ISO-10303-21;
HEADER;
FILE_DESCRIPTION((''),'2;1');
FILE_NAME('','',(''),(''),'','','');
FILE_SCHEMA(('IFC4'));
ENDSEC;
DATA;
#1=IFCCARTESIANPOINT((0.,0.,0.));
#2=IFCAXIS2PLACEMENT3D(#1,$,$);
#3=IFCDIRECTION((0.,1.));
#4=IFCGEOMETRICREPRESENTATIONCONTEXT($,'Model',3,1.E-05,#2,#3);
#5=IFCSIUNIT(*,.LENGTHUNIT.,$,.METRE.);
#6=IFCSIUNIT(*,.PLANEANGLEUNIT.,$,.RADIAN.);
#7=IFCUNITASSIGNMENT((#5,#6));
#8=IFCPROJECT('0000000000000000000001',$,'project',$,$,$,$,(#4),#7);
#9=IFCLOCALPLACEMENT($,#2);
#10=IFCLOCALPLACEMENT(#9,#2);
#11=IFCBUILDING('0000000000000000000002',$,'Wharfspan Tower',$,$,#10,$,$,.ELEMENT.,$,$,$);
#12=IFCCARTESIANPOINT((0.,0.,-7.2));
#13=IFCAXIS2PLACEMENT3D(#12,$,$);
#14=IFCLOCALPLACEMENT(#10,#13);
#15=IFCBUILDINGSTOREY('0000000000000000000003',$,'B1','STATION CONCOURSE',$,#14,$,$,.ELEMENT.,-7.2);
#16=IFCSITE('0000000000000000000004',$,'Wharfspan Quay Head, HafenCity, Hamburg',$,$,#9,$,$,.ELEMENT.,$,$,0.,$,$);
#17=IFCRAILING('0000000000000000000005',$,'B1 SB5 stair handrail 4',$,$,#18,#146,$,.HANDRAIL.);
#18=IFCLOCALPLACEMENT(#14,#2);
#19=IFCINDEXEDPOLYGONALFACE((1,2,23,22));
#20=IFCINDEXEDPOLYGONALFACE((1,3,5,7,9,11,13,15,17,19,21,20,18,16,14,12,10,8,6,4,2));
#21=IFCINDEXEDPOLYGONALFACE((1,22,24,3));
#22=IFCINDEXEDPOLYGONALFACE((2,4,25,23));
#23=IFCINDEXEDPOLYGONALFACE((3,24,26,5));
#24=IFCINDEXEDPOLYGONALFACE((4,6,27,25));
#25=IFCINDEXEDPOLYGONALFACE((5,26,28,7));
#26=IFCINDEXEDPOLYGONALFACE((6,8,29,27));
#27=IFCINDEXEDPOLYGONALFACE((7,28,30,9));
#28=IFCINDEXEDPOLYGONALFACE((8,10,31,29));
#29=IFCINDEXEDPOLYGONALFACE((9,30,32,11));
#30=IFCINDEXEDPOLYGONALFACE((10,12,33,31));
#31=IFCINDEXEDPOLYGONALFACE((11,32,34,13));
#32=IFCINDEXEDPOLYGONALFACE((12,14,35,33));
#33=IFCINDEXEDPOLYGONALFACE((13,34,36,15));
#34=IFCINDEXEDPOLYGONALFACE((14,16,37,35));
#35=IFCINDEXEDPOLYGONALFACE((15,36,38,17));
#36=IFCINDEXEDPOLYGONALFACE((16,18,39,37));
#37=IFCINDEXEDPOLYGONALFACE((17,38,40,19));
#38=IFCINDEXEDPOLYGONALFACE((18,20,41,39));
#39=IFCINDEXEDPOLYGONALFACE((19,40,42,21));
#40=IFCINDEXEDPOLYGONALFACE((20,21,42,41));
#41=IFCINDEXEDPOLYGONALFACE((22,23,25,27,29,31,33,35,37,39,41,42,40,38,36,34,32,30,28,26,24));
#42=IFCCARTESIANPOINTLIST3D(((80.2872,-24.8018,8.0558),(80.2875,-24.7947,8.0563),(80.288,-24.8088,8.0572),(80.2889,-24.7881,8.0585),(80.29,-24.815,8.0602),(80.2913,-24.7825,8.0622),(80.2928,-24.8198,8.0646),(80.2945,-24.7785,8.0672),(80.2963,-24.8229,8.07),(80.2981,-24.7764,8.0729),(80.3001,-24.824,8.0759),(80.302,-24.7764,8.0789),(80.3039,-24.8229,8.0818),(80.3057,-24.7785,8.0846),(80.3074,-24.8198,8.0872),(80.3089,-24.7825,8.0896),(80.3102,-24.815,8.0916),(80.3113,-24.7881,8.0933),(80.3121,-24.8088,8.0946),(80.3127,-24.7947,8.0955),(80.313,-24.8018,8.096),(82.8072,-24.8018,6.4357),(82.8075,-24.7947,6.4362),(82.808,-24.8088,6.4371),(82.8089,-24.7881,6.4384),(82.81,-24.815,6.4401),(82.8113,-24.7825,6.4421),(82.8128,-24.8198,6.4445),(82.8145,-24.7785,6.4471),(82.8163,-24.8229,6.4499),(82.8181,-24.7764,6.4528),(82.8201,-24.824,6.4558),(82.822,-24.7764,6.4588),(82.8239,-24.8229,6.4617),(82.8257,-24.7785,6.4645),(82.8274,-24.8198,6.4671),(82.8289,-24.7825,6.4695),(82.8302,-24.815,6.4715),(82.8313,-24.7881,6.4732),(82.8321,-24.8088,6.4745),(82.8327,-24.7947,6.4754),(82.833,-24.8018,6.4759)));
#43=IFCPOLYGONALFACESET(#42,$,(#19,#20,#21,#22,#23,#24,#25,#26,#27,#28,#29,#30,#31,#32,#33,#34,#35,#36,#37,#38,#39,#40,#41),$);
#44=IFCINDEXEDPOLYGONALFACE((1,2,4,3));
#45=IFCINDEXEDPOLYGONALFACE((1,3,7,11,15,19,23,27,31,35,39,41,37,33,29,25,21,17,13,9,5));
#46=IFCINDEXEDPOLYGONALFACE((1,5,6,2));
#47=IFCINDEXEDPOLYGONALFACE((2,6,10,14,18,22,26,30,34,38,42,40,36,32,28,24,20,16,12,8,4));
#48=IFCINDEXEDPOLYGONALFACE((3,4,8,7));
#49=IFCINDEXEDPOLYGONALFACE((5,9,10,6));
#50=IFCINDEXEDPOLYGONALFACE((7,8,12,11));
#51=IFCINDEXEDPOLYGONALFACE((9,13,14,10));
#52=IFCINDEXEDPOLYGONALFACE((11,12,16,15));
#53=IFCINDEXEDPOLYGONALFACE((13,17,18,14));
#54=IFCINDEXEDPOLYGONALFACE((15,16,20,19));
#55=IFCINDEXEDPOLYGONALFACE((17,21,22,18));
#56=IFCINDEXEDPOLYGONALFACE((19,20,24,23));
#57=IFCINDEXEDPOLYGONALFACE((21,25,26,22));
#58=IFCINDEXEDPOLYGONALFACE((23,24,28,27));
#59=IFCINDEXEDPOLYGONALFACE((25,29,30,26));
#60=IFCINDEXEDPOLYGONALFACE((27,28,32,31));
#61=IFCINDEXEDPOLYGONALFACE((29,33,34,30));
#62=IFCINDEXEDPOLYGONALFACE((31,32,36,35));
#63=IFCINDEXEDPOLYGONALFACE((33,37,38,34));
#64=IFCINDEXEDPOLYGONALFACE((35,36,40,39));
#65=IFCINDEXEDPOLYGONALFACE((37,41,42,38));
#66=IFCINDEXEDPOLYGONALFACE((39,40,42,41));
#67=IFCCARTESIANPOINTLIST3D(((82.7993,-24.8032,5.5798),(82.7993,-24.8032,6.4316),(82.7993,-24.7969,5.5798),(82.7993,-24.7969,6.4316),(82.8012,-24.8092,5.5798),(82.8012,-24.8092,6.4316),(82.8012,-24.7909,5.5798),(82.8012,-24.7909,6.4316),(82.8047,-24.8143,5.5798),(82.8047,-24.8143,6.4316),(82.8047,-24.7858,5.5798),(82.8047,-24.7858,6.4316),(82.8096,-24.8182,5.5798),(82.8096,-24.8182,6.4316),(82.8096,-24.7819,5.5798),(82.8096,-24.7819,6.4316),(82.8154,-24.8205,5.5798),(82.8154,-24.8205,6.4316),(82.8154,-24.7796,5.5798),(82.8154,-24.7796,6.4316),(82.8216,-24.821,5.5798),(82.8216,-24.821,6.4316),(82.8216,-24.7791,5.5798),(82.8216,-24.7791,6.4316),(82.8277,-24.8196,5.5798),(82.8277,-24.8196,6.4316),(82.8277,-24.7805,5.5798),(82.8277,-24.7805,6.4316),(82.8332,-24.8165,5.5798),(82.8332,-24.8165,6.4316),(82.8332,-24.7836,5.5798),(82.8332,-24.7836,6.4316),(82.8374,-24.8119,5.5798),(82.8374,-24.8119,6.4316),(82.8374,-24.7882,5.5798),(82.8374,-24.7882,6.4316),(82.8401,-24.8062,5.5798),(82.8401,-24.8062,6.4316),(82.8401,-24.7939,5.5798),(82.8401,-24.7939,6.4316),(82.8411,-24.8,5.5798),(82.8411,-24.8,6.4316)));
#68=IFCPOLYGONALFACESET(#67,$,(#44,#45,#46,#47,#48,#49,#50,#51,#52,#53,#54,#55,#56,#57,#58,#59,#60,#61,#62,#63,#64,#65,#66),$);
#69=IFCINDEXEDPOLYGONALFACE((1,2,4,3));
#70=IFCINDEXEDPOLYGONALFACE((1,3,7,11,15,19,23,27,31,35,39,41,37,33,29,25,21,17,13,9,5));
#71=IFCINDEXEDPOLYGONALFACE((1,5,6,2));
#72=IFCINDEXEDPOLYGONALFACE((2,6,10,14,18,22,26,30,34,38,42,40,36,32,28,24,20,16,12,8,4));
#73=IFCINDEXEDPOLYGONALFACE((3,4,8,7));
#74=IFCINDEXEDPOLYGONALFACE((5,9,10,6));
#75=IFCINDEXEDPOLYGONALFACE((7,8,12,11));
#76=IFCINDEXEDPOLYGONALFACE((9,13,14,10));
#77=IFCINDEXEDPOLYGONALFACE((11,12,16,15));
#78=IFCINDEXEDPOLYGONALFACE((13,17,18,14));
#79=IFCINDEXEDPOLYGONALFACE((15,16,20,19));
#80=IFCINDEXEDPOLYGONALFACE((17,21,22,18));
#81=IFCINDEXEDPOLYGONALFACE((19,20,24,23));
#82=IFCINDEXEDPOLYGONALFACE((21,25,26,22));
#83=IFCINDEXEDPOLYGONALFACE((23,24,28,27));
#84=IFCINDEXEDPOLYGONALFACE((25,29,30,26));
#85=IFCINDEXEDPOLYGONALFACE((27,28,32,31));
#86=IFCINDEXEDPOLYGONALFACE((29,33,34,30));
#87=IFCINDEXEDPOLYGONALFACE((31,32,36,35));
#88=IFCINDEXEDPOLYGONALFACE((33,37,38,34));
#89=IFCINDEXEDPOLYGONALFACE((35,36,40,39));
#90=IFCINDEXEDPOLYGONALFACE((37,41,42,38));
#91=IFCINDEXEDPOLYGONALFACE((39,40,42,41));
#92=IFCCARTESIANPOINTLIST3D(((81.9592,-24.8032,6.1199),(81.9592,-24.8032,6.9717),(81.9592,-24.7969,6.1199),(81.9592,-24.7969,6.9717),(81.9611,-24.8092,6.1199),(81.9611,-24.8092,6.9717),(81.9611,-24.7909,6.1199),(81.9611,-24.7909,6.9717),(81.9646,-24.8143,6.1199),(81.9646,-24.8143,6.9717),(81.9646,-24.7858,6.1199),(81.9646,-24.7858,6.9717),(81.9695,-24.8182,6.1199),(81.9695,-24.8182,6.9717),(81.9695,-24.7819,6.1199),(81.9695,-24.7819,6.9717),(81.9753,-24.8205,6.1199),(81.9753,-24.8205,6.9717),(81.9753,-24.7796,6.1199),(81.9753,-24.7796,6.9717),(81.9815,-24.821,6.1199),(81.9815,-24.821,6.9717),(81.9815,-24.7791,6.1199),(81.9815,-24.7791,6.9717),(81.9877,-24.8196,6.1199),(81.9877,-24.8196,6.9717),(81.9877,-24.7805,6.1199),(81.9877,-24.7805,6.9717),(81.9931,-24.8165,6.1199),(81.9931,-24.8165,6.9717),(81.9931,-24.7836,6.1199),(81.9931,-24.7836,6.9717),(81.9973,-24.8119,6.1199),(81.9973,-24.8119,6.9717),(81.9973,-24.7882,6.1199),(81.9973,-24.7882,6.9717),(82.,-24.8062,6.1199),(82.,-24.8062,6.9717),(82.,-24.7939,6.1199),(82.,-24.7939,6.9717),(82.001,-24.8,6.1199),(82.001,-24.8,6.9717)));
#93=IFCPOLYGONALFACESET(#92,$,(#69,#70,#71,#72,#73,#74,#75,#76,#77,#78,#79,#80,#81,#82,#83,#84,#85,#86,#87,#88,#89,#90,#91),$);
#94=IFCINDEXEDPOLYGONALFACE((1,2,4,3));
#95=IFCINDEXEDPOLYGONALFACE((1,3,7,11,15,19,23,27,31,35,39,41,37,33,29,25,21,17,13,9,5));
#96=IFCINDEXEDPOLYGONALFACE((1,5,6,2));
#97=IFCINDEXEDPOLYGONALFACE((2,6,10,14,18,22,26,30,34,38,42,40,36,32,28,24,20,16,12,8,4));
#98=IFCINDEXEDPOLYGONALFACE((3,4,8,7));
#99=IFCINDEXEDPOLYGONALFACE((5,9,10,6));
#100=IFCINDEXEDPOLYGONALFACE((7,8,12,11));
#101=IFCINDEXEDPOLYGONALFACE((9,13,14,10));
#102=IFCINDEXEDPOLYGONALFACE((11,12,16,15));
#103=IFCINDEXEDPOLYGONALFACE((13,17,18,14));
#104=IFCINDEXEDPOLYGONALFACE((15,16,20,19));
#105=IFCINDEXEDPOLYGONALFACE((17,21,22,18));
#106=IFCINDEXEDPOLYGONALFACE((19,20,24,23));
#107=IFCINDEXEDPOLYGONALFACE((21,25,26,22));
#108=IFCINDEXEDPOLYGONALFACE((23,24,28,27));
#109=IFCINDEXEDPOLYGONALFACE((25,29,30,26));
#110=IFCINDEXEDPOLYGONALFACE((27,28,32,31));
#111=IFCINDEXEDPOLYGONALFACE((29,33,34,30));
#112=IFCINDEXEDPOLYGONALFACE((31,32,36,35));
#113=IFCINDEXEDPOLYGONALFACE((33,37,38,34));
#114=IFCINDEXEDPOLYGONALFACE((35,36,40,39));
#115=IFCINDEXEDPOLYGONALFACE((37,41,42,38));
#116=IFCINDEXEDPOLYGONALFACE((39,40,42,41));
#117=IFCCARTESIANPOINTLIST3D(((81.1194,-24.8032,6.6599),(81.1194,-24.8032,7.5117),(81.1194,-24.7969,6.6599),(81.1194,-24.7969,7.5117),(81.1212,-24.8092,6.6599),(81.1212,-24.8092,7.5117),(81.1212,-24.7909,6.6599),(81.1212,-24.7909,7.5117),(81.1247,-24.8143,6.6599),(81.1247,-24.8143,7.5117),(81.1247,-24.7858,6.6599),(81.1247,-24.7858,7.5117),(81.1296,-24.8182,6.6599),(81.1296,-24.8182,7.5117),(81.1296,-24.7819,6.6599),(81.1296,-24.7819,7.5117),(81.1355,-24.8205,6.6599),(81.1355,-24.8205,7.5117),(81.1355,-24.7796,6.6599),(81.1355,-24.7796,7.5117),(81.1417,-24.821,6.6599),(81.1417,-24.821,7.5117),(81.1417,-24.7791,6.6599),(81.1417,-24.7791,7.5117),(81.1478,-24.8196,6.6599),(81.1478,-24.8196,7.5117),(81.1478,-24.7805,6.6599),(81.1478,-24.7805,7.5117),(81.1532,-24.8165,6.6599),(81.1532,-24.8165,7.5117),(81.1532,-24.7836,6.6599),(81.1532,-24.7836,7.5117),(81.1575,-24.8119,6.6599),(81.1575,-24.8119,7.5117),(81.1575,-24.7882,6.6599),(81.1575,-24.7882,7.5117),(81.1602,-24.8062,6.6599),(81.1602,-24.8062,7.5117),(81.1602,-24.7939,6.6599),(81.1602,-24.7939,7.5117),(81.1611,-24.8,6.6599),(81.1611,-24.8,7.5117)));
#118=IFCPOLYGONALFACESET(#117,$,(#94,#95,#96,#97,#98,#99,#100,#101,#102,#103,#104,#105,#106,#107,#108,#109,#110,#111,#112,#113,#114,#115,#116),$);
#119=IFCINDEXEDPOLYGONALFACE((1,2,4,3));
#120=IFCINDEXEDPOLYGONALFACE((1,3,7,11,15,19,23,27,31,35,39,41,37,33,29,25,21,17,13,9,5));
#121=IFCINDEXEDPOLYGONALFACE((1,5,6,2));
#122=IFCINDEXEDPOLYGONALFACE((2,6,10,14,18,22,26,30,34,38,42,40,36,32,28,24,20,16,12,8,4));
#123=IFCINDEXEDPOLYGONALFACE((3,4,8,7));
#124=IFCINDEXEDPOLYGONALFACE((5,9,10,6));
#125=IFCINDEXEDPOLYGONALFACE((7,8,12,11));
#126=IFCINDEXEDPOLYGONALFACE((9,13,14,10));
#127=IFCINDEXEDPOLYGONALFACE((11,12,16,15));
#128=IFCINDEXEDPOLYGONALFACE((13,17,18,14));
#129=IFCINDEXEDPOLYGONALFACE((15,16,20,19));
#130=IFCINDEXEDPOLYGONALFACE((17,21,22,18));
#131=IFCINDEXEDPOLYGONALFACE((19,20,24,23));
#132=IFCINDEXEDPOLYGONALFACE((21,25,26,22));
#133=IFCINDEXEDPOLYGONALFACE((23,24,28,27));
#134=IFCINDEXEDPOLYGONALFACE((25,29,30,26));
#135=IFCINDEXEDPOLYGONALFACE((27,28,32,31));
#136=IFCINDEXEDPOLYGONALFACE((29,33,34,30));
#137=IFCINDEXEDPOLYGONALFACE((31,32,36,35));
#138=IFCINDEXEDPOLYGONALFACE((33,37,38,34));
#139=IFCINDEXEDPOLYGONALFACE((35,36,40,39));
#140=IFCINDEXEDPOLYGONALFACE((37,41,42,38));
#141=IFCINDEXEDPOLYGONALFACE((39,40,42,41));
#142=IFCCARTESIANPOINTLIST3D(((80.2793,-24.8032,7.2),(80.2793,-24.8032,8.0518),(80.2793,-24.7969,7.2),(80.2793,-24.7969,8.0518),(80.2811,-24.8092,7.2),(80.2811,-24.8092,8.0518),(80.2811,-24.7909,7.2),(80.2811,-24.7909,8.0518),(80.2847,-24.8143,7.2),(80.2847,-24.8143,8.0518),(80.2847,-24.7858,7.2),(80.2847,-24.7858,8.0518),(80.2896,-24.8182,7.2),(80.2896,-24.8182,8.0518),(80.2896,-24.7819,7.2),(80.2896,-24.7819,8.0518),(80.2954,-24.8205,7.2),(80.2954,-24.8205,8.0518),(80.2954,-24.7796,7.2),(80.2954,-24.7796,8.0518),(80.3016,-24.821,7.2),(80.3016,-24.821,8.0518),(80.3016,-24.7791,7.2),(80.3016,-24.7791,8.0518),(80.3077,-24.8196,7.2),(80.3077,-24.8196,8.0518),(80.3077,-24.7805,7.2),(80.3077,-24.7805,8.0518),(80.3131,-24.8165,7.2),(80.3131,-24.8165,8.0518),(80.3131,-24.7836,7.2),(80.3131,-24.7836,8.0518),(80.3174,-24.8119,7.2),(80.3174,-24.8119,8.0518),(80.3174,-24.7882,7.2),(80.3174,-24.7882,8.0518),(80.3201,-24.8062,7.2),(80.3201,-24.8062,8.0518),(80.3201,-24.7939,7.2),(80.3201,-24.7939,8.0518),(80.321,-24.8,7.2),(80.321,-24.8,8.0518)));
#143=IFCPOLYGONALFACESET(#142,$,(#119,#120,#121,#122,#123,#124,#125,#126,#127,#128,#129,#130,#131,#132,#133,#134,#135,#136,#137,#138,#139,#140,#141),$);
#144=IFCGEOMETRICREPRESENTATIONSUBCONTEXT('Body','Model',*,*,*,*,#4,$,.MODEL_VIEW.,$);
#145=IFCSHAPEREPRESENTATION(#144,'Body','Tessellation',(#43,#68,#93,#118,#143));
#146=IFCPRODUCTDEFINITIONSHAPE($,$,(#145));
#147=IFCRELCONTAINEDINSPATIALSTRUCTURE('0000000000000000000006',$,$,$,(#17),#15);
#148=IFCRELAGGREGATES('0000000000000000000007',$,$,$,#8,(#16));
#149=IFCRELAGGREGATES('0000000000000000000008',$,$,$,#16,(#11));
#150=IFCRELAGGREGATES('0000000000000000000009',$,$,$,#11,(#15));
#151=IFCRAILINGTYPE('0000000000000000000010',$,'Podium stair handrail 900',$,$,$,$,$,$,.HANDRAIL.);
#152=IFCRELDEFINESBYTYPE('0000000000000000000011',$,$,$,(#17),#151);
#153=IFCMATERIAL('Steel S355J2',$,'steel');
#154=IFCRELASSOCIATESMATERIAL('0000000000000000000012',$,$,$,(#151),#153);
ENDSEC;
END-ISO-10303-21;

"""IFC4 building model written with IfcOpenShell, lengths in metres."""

from ifc_helpers import new_model, si_unit, direction, frame, origin, origin_2d, place, context, subcontext, project, spatial, circle, extrude, material, type_object, element, save


model = new_model("IFC4")

# Units and contexts
model_context = context("Model", 3, precision=1e-05, world=origin(), true_north=direction((0.0, 1.0)))
body_context = subcontext(model_context, "Body", "Model", "MODEL_VIEW")
ifc_project = project(units=[si_unit("LENGTHUNIT", "METRE"), si_unit("PLANEANGLEUNIT", "RADIAN")], contexts=[model_context])

# Site, building, storey
site_placement = place(None, origin())
site = spatial("IfcSite", under=ifc_project, at=site_placement, Name="Wharfspan Quay Head, HafenCity, Hamburg", CompositionType="ELEMENT", RefElevation=0.0)
building_placement = place(site_placement, origin())
building = spatial("IfcBuilding", under=site, at=building_placement, Name="Wharfspan Tower", CompositionType="ELEMENT")
storey_placement = place(building_placement, frame((0.0, 0.0, -7.2)))
storey = spatial("IfcBuildingStorey", under=building, at=storey_placement, Name="B1", Description="STATION CONCOURSE", CompositionType="ELEMENT", Elevation=-7.2)

# Railing
ifc_material_1 = material(Name="Steel S355J2", Category="steel")
railing_type_1 = type_object("IfcRailingType", Name="Podium stair handrail 900", PredefinedType="HANDRAIL", material=ifc_material_1)
railing_1_placement = place(storey_placement, frame((82.8201, -24.8, 5.5798)))
element("IfcRailing", 1, at=railing_1_placement, inside=storey, type_object=railing_type_1, Name="B1 SB5 stair handrail 4", PredefinedType="HANDRAIL", context=body_context, shape_type="SweptSolid", body=[
    extrude(circle(Radius=0.0239, at=origin_2d()), frame((0.0, 0.0, 0.876), z_axis=(-0.841163, 0.0, 0.540782), x_axis=(0.0, -1.0, 0.0)), (0.0, 0.0, 1.0), 2.9958),
    extrude(circle(Radius=0.021, at=origin_2d()), origin(), (0.0, 0.0, 1.0), 0.8518),
    extrude(circle(Radius=0.021, at=origin_2d()), frame((-0.8401, 0.0, 0.54)), (0.0, 0.0, 1.0), 0.8518),
    extrude(circle(Radius=0.021, at=origin_2d()), frame((-1.6799, 0.0, 1.0801)), (0.0, 0.0, 1.0), 0.8518),
    extrude(circle(Radius=0.021, at=origin_2d()), frame((-2.52, 0.0, 1.6201)), (0.0, 0.0, 1.0), 0.8518),
])

save(model, "model.ifc")
